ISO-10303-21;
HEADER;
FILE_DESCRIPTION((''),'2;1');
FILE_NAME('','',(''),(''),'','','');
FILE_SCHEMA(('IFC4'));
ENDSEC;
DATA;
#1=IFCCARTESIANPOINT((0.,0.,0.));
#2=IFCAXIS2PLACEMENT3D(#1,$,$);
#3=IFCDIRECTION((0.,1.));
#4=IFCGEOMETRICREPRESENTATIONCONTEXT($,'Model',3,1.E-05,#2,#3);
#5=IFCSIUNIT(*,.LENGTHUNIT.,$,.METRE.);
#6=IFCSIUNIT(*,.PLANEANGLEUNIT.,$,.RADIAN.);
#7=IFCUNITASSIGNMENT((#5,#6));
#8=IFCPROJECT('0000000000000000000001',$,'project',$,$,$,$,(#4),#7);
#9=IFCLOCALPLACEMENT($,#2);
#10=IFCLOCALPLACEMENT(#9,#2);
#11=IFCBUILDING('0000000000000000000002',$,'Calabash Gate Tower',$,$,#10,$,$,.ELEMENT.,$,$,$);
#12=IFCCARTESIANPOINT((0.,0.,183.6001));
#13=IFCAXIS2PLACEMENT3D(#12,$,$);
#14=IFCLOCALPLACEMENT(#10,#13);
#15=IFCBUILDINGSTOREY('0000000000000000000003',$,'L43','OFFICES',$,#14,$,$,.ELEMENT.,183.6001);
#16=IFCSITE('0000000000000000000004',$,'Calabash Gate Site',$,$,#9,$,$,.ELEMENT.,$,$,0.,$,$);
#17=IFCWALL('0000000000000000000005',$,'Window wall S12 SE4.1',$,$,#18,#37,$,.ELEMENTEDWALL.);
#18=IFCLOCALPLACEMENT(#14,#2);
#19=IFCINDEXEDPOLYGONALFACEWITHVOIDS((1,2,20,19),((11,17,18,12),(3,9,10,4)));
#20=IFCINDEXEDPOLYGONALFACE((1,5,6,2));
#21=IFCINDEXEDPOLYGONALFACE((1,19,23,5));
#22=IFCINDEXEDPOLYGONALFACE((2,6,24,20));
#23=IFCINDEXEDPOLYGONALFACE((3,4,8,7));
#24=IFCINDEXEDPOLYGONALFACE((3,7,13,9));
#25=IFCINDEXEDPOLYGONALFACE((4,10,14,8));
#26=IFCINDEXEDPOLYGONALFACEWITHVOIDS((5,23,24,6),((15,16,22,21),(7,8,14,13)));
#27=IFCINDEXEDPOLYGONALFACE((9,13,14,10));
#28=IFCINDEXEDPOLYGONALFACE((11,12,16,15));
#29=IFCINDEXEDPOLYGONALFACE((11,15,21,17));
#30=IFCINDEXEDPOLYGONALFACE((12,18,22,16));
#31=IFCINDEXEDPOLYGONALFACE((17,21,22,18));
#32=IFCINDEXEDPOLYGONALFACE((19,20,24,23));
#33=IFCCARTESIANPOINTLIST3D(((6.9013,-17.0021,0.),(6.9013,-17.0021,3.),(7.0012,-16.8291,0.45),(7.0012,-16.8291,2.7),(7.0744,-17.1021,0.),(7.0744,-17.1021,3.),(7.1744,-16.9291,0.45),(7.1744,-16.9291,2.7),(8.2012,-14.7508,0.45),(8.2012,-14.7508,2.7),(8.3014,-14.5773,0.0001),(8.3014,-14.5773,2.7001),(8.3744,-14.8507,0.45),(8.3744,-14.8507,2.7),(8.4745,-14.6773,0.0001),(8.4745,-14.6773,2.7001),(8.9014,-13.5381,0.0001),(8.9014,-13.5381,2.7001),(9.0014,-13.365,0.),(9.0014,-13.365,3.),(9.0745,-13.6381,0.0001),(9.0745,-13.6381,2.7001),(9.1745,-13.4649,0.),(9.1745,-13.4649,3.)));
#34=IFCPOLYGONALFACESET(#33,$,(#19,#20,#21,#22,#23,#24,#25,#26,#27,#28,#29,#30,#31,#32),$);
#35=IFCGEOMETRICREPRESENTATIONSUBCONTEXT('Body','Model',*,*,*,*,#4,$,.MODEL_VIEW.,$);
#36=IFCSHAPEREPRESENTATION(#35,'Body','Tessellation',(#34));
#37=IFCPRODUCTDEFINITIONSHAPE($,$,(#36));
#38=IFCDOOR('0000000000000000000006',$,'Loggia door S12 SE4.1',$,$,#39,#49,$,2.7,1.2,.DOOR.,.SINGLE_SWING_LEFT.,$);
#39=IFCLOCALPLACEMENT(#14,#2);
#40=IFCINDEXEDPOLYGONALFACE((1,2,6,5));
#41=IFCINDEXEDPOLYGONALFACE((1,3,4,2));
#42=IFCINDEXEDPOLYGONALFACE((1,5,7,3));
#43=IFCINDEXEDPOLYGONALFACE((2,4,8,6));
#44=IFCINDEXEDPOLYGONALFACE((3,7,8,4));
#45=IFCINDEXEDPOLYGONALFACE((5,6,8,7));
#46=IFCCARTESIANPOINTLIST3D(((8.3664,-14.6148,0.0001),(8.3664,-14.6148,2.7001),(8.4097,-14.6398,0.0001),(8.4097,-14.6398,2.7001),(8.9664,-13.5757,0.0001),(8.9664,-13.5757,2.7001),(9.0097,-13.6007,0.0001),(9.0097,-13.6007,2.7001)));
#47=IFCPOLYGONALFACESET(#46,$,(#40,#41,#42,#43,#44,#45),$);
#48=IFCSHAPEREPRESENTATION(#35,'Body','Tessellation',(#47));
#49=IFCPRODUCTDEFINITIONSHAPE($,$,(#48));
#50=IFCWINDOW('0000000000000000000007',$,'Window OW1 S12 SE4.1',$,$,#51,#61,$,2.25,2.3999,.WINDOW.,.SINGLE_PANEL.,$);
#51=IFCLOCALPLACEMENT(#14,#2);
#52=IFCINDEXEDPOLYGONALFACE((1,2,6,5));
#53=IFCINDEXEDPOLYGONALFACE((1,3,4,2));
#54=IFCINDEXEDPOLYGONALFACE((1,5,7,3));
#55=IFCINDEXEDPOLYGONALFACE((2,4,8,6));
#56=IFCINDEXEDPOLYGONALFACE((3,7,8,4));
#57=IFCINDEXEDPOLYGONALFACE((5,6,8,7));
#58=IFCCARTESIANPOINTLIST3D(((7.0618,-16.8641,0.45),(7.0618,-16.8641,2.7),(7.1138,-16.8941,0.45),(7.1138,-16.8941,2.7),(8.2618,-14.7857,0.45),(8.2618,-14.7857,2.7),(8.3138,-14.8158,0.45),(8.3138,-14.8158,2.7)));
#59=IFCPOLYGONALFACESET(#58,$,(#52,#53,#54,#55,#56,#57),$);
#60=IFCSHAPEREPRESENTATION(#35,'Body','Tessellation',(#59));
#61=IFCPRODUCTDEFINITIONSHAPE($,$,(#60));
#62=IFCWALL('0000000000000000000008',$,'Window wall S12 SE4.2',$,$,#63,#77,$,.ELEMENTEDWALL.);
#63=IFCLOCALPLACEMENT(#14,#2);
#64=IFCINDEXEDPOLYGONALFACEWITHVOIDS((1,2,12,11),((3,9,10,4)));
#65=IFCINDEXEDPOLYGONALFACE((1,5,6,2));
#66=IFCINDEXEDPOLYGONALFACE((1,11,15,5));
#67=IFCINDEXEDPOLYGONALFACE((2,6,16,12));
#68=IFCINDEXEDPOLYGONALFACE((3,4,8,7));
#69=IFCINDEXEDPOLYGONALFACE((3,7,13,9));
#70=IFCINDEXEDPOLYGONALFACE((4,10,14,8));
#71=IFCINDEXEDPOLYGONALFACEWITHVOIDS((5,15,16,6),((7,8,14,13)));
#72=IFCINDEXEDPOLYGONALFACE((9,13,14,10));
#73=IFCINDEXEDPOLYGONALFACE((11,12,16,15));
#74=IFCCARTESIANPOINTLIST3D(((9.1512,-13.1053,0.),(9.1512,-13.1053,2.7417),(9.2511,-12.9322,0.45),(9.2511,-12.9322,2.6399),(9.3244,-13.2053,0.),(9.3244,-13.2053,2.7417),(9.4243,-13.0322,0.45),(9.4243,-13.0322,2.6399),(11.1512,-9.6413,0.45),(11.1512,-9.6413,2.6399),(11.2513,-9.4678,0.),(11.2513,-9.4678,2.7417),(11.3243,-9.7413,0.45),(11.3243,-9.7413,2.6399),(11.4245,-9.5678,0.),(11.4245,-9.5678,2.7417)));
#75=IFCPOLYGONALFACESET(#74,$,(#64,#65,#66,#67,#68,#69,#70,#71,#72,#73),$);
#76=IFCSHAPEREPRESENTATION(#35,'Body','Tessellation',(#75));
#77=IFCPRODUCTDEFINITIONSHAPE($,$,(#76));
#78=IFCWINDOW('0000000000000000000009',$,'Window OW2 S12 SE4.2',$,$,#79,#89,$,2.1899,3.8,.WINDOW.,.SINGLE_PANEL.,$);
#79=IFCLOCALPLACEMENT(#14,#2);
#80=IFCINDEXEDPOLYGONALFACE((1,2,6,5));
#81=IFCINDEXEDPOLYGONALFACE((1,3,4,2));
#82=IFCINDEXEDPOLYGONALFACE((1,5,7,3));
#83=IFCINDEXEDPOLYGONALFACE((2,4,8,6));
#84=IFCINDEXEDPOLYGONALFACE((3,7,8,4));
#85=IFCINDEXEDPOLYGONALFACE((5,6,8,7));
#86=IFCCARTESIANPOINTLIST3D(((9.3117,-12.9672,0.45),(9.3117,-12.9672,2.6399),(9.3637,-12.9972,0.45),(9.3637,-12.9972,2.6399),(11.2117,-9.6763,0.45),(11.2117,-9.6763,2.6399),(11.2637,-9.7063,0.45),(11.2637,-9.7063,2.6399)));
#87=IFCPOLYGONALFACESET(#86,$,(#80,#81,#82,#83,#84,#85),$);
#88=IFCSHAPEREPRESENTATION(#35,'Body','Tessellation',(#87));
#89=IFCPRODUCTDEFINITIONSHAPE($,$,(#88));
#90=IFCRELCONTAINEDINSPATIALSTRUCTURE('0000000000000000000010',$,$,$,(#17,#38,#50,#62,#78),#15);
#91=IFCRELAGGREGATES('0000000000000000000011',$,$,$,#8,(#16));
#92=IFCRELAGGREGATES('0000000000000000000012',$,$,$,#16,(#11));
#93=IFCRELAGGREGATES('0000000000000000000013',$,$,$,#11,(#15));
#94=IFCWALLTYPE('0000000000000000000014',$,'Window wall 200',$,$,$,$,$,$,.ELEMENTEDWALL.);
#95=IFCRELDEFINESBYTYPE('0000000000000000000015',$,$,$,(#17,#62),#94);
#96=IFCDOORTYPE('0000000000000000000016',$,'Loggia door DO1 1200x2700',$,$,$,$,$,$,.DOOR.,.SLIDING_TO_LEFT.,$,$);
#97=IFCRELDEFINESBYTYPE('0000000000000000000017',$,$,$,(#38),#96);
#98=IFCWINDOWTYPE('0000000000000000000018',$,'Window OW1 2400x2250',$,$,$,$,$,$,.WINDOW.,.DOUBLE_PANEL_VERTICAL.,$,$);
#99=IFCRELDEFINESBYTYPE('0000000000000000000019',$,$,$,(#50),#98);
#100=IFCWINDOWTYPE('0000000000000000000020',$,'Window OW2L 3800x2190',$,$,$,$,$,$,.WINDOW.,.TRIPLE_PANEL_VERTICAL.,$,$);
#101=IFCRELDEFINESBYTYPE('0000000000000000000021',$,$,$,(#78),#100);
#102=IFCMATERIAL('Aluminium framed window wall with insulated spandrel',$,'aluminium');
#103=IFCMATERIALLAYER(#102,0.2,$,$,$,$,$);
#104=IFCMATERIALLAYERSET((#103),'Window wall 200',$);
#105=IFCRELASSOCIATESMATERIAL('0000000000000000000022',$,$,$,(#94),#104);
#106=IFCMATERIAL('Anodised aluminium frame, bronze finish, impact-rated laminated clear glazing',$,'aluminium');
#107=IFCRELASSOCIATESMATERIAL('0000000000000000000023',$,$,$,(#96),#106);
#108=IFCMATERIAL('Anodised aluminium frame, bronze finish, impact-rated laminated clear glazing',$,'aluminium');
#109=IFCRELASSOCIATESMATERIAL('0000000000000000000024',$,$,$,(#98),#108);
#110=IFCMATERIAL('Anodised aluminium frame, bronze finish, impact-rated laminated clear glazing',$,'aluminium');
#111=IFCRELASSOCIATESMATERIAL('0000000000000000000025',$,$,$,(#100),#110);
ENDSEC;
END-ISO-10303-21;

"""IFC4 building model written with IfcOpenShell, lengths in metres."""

from ifc_helpers import new_model, si_unit, direction, frame, frame_2d, origin, place, context, subcontext, project, spatial, rectangle, extrude, material, layer, layer_set, type_object, element, fill, save


model = new_model("IFC4")

# Units and contexts
model_context = context("Model", 3, precision=1e-05, world=origin(), true_north=direction((0.0, 1.0)))
body_context = subcontext(model_context, "Body", "Model", "MODEL_VIEW")
ifc_project = project(units=[si_unit("LENGTHUNIT", "METRE"), si_unit("PLANEANGLEUNIT", "RADIAN")], contexts=[model_context])

# Site, building, storey
site_placement = place(None, origin())
site = spatial("IfcSite", under=ifc_project, at=site_placement, Name="Calabash Gate Site", CompositionType="ELEMENT", RefElevation=0.0)
building_placement = place(site_placement, origin())
building = spatial("IfcBuilding", under=site, at=building_placement, Name="Calabash Gate Tower", CompositionType="ELEMENT")
storey_placement = place(building_placement, frame((0.0, 0.0, 183.6001)))
storey = spatial("IfcBuildingStorey", under=building, at=storey_placement, Name="L43", Description="OFFICES", CompositionType="ELEMENT", Elevation=183.6001)

# Wall, openings, door, window
ifc_material_1 = material(Name="Aluminium framed window wall with insulated spandrel", Category="aluminium")
ifc_layer_1 = layer(ifc_material_1, 0.2)
ifc_layer_set_1 = layer_set([ifc_layer_1], Name="Window wall 200")
wall_type_1 = type_object("IfcWallType", Name="Window wall 200", PredefinedType="ELEMENTEDWALL", material=ifc_layer_set_1)
wall_1_placement = place(storey_placement, frame((6.9878, -17.0522, 0.0), z_axis=(0.0, 0.0, 1.0), x_axis=(0.500028, 0.866009, 0.0)))
wall_1 = element("IfcWall", 1, at=wall_1_placement, inside=storey, type_object=wall_type_1, Name="Window wall S12 SE4.1", PredefinedType="ELEMENTEDWALL", context=body_context, shape_type="SweptSolid", body=[
    extrude(rectangle(XDim=4.2, YDim=0.2, at=frame_2d((2.1001, 0.0))), origin(), (0.0, 0.0, 1.0), 3.0),
])
opening_1_placement = place(wall_1_placement, frame((0.2, 0.0, 0.45)))
opening_1 = element("IfcOpeningElement", 2, at=opening_1_placement, cuts=wall_1, PredefinedType="OPENING", context=body_context, shape_type="SweptSolid", body=[
    extrude(rectangle(XDim=2.3999, YDim=2.25, at=frame_2d((1.2, 1.125))), frame((0.0, 0.1099, 0.0), z_axis=(0.0, -1.0, 0.0), x_axis=(1.0, 0.0, 0.0)), (0.0, 0.0, 1.0), 0.22),
])
opening_2_placement = place(wall_1_placement, frame((2.8, 0.0, 0.0)))
opening_2 = element("IfcOpeningElement", 3, at=opening_2_placement, cuts=wall_1, PredefinedType="OPENING", context=body_context, shape_type="SweptSolid", body=[
    extrude(rectangle(XDim=1.2, YDim=2.7, at=frame_2d((0.6001, 1.3501))), frame((0.0, 0.1099, 0.0), z_axis=(0.0, -1.0, 0.0), x_axis=(1.0, 0.0, 0.0)), (0.0, 0.0, 1.0), 0.22),
])
ifc_material_2 = material(Name="Anodised aluminium frame, bronze finish, impact-rated laminated clear glazing", Category="aluminium")
door_type_1 = type_object("IfcDoorType", Name="Loggia door DO1 1200x2700", OperationType="SLIDING_TO_LEFT", PredefinedType="DOOR", material=ifc_material_2)
door_1_placement = place(opening_2_placement, origin())
door_1 = element("IfcDoor", 4, at=door_1_placement, inside=storey, type_object=door_type_1, Name="Loggia door S12 SE4.1", OperationType="SINGLE_SWING_LEFT", OverallHeight=2.7, OverallWidth=1.2, PredefinedType="DOOR", context=body_context, shape_type="SweptSolid", body=[
    extrude(rectangle(XDim=1.2, YDim=2.7, at=frame_2d((0.6001, 1.3501))), frame((0.0, 0.0249, 0.0), z_axis=(0.0, -1.0, 0.0), x_axis=(1.0, 0.0, 0.0)), (0.0, 0.0, 1.0), 0.05),
])
fill(opening_2, door_1)
ifc_material_3 = material(Name="Anodised aluminium frame, bronze finish, impact-rated laminated clear glazing", Category="aluminium")
window_type_1 = type_object("IfcWindowType", Name="Window OW1 2400x2250", PartitioningType="DOUBLE_PANEL_VERTICAL", PredefinedType="WINDOW", material=ifc_material_3)
window_1_placement = place(opening_1_placement, origin())
window_1 = element("IfcWindow", 5, at=window_1_placement, inside=storey, type_object=window_type_1, Name="Window OW1 S12 SE4.1", OverallHeight=2.25, OverallWidth=2.3999, PartitioningType="SINGLE_PANEL", PredefinedType="WINDOW", context=body_context, shape_type="SweptSolid", body=[
    extrude(rectangle(XDim=2.3999, YDim=2.25, at=frame_2d((1.2, 1.125))), frame((0.0, 0.03, 0.0), z_axis=(0.0, -1.0, 0.0), x_axis=(1.0, 0.0, 0.0)), (0.0, 0.0, 1.0), 0.0601),
])
fill(opening_1, window_1)

# Wall, opening, window
wall_2_placement = place(storey_placement, frame((9.2378, -13.1553, 0.0), z_axis=(0.0, 0.0, 1.0), x_axis=(0.500003, 0.866024, 0.0)))
wall_2 = element("IfcWall", 6, at=wall_2_placement, inside=storey, type_object=wall_type_1, Name="Window wall S12 SE4.2", PredefinedType="ELEMENTEDWALL", context=body_context, shape_type="SweptSolid", body=[
    extrude(rectangle(XDim=4.2002, YDim=0.2, at=frame_2d((2.1001, 0.0))), origin(), (0.0, 0.0, 1.0), 2.7417),
])
opening_3_placement = place(wall_2_placement, frame((0.2, 0.0, 0.45)))
opening_3 = element("IfcOpeningElement", 7, at=opening_3_placement, cuts=wall_2, PredefinedType="OPENING", context=body_context, shape_type="SweptSolid", body=[
    extrude(rectangle(XDim=3.8, YDim=2.1899, at=frame_2d((1.8999, 1.095))), frame((0.0, 0.1099, 0.0), z_axis=(0.0, -1.0, 0.0), x_axis=(1.0, 0.0, 0.0)), (0.0, 0.0, 1.0), 0.22),
])
ifc_material_4 = material(Name="Anodised aluminium frame, bronze finish, impact-rated laminated clear glazing", Category="aluminium")
window_type_2 = type_object("IfcWindowType", Name="Window OW2L 3800x2190", PartitioningType="TRIPLE_PANEL_VERTICAL", PredefinedType="WINDOW", material=ifc_material_4)
window_2_placement = place(opening_3_placement, origin())
window_2 = element("IfcWindow", 8, at=window_2_placement, inside=storey, type_object=window_type_2, Name="Window OW2 S12 SE4.2", OverallHeight=2.1899, OverallWidth=3.8, PartitioningType="SINGLE_PANEL", PredefinedType="WINDOW", context=body_context, shape_type="SweptSolid", body=[
    extrude(rectangle(XDim=3.8, YDim=2.1899, at=frame_2d((1.8999, 1.095))), frame((0.0, 0.03, 0.0), z_axis=(0.0, -1.0, 0.0), x_axis=(1.0, 0.0, 0.0)), (0.0, 0.0, 1.0), 0.0601),
])
fill(opening_3, window_2)

save(model, "model.ifc")
